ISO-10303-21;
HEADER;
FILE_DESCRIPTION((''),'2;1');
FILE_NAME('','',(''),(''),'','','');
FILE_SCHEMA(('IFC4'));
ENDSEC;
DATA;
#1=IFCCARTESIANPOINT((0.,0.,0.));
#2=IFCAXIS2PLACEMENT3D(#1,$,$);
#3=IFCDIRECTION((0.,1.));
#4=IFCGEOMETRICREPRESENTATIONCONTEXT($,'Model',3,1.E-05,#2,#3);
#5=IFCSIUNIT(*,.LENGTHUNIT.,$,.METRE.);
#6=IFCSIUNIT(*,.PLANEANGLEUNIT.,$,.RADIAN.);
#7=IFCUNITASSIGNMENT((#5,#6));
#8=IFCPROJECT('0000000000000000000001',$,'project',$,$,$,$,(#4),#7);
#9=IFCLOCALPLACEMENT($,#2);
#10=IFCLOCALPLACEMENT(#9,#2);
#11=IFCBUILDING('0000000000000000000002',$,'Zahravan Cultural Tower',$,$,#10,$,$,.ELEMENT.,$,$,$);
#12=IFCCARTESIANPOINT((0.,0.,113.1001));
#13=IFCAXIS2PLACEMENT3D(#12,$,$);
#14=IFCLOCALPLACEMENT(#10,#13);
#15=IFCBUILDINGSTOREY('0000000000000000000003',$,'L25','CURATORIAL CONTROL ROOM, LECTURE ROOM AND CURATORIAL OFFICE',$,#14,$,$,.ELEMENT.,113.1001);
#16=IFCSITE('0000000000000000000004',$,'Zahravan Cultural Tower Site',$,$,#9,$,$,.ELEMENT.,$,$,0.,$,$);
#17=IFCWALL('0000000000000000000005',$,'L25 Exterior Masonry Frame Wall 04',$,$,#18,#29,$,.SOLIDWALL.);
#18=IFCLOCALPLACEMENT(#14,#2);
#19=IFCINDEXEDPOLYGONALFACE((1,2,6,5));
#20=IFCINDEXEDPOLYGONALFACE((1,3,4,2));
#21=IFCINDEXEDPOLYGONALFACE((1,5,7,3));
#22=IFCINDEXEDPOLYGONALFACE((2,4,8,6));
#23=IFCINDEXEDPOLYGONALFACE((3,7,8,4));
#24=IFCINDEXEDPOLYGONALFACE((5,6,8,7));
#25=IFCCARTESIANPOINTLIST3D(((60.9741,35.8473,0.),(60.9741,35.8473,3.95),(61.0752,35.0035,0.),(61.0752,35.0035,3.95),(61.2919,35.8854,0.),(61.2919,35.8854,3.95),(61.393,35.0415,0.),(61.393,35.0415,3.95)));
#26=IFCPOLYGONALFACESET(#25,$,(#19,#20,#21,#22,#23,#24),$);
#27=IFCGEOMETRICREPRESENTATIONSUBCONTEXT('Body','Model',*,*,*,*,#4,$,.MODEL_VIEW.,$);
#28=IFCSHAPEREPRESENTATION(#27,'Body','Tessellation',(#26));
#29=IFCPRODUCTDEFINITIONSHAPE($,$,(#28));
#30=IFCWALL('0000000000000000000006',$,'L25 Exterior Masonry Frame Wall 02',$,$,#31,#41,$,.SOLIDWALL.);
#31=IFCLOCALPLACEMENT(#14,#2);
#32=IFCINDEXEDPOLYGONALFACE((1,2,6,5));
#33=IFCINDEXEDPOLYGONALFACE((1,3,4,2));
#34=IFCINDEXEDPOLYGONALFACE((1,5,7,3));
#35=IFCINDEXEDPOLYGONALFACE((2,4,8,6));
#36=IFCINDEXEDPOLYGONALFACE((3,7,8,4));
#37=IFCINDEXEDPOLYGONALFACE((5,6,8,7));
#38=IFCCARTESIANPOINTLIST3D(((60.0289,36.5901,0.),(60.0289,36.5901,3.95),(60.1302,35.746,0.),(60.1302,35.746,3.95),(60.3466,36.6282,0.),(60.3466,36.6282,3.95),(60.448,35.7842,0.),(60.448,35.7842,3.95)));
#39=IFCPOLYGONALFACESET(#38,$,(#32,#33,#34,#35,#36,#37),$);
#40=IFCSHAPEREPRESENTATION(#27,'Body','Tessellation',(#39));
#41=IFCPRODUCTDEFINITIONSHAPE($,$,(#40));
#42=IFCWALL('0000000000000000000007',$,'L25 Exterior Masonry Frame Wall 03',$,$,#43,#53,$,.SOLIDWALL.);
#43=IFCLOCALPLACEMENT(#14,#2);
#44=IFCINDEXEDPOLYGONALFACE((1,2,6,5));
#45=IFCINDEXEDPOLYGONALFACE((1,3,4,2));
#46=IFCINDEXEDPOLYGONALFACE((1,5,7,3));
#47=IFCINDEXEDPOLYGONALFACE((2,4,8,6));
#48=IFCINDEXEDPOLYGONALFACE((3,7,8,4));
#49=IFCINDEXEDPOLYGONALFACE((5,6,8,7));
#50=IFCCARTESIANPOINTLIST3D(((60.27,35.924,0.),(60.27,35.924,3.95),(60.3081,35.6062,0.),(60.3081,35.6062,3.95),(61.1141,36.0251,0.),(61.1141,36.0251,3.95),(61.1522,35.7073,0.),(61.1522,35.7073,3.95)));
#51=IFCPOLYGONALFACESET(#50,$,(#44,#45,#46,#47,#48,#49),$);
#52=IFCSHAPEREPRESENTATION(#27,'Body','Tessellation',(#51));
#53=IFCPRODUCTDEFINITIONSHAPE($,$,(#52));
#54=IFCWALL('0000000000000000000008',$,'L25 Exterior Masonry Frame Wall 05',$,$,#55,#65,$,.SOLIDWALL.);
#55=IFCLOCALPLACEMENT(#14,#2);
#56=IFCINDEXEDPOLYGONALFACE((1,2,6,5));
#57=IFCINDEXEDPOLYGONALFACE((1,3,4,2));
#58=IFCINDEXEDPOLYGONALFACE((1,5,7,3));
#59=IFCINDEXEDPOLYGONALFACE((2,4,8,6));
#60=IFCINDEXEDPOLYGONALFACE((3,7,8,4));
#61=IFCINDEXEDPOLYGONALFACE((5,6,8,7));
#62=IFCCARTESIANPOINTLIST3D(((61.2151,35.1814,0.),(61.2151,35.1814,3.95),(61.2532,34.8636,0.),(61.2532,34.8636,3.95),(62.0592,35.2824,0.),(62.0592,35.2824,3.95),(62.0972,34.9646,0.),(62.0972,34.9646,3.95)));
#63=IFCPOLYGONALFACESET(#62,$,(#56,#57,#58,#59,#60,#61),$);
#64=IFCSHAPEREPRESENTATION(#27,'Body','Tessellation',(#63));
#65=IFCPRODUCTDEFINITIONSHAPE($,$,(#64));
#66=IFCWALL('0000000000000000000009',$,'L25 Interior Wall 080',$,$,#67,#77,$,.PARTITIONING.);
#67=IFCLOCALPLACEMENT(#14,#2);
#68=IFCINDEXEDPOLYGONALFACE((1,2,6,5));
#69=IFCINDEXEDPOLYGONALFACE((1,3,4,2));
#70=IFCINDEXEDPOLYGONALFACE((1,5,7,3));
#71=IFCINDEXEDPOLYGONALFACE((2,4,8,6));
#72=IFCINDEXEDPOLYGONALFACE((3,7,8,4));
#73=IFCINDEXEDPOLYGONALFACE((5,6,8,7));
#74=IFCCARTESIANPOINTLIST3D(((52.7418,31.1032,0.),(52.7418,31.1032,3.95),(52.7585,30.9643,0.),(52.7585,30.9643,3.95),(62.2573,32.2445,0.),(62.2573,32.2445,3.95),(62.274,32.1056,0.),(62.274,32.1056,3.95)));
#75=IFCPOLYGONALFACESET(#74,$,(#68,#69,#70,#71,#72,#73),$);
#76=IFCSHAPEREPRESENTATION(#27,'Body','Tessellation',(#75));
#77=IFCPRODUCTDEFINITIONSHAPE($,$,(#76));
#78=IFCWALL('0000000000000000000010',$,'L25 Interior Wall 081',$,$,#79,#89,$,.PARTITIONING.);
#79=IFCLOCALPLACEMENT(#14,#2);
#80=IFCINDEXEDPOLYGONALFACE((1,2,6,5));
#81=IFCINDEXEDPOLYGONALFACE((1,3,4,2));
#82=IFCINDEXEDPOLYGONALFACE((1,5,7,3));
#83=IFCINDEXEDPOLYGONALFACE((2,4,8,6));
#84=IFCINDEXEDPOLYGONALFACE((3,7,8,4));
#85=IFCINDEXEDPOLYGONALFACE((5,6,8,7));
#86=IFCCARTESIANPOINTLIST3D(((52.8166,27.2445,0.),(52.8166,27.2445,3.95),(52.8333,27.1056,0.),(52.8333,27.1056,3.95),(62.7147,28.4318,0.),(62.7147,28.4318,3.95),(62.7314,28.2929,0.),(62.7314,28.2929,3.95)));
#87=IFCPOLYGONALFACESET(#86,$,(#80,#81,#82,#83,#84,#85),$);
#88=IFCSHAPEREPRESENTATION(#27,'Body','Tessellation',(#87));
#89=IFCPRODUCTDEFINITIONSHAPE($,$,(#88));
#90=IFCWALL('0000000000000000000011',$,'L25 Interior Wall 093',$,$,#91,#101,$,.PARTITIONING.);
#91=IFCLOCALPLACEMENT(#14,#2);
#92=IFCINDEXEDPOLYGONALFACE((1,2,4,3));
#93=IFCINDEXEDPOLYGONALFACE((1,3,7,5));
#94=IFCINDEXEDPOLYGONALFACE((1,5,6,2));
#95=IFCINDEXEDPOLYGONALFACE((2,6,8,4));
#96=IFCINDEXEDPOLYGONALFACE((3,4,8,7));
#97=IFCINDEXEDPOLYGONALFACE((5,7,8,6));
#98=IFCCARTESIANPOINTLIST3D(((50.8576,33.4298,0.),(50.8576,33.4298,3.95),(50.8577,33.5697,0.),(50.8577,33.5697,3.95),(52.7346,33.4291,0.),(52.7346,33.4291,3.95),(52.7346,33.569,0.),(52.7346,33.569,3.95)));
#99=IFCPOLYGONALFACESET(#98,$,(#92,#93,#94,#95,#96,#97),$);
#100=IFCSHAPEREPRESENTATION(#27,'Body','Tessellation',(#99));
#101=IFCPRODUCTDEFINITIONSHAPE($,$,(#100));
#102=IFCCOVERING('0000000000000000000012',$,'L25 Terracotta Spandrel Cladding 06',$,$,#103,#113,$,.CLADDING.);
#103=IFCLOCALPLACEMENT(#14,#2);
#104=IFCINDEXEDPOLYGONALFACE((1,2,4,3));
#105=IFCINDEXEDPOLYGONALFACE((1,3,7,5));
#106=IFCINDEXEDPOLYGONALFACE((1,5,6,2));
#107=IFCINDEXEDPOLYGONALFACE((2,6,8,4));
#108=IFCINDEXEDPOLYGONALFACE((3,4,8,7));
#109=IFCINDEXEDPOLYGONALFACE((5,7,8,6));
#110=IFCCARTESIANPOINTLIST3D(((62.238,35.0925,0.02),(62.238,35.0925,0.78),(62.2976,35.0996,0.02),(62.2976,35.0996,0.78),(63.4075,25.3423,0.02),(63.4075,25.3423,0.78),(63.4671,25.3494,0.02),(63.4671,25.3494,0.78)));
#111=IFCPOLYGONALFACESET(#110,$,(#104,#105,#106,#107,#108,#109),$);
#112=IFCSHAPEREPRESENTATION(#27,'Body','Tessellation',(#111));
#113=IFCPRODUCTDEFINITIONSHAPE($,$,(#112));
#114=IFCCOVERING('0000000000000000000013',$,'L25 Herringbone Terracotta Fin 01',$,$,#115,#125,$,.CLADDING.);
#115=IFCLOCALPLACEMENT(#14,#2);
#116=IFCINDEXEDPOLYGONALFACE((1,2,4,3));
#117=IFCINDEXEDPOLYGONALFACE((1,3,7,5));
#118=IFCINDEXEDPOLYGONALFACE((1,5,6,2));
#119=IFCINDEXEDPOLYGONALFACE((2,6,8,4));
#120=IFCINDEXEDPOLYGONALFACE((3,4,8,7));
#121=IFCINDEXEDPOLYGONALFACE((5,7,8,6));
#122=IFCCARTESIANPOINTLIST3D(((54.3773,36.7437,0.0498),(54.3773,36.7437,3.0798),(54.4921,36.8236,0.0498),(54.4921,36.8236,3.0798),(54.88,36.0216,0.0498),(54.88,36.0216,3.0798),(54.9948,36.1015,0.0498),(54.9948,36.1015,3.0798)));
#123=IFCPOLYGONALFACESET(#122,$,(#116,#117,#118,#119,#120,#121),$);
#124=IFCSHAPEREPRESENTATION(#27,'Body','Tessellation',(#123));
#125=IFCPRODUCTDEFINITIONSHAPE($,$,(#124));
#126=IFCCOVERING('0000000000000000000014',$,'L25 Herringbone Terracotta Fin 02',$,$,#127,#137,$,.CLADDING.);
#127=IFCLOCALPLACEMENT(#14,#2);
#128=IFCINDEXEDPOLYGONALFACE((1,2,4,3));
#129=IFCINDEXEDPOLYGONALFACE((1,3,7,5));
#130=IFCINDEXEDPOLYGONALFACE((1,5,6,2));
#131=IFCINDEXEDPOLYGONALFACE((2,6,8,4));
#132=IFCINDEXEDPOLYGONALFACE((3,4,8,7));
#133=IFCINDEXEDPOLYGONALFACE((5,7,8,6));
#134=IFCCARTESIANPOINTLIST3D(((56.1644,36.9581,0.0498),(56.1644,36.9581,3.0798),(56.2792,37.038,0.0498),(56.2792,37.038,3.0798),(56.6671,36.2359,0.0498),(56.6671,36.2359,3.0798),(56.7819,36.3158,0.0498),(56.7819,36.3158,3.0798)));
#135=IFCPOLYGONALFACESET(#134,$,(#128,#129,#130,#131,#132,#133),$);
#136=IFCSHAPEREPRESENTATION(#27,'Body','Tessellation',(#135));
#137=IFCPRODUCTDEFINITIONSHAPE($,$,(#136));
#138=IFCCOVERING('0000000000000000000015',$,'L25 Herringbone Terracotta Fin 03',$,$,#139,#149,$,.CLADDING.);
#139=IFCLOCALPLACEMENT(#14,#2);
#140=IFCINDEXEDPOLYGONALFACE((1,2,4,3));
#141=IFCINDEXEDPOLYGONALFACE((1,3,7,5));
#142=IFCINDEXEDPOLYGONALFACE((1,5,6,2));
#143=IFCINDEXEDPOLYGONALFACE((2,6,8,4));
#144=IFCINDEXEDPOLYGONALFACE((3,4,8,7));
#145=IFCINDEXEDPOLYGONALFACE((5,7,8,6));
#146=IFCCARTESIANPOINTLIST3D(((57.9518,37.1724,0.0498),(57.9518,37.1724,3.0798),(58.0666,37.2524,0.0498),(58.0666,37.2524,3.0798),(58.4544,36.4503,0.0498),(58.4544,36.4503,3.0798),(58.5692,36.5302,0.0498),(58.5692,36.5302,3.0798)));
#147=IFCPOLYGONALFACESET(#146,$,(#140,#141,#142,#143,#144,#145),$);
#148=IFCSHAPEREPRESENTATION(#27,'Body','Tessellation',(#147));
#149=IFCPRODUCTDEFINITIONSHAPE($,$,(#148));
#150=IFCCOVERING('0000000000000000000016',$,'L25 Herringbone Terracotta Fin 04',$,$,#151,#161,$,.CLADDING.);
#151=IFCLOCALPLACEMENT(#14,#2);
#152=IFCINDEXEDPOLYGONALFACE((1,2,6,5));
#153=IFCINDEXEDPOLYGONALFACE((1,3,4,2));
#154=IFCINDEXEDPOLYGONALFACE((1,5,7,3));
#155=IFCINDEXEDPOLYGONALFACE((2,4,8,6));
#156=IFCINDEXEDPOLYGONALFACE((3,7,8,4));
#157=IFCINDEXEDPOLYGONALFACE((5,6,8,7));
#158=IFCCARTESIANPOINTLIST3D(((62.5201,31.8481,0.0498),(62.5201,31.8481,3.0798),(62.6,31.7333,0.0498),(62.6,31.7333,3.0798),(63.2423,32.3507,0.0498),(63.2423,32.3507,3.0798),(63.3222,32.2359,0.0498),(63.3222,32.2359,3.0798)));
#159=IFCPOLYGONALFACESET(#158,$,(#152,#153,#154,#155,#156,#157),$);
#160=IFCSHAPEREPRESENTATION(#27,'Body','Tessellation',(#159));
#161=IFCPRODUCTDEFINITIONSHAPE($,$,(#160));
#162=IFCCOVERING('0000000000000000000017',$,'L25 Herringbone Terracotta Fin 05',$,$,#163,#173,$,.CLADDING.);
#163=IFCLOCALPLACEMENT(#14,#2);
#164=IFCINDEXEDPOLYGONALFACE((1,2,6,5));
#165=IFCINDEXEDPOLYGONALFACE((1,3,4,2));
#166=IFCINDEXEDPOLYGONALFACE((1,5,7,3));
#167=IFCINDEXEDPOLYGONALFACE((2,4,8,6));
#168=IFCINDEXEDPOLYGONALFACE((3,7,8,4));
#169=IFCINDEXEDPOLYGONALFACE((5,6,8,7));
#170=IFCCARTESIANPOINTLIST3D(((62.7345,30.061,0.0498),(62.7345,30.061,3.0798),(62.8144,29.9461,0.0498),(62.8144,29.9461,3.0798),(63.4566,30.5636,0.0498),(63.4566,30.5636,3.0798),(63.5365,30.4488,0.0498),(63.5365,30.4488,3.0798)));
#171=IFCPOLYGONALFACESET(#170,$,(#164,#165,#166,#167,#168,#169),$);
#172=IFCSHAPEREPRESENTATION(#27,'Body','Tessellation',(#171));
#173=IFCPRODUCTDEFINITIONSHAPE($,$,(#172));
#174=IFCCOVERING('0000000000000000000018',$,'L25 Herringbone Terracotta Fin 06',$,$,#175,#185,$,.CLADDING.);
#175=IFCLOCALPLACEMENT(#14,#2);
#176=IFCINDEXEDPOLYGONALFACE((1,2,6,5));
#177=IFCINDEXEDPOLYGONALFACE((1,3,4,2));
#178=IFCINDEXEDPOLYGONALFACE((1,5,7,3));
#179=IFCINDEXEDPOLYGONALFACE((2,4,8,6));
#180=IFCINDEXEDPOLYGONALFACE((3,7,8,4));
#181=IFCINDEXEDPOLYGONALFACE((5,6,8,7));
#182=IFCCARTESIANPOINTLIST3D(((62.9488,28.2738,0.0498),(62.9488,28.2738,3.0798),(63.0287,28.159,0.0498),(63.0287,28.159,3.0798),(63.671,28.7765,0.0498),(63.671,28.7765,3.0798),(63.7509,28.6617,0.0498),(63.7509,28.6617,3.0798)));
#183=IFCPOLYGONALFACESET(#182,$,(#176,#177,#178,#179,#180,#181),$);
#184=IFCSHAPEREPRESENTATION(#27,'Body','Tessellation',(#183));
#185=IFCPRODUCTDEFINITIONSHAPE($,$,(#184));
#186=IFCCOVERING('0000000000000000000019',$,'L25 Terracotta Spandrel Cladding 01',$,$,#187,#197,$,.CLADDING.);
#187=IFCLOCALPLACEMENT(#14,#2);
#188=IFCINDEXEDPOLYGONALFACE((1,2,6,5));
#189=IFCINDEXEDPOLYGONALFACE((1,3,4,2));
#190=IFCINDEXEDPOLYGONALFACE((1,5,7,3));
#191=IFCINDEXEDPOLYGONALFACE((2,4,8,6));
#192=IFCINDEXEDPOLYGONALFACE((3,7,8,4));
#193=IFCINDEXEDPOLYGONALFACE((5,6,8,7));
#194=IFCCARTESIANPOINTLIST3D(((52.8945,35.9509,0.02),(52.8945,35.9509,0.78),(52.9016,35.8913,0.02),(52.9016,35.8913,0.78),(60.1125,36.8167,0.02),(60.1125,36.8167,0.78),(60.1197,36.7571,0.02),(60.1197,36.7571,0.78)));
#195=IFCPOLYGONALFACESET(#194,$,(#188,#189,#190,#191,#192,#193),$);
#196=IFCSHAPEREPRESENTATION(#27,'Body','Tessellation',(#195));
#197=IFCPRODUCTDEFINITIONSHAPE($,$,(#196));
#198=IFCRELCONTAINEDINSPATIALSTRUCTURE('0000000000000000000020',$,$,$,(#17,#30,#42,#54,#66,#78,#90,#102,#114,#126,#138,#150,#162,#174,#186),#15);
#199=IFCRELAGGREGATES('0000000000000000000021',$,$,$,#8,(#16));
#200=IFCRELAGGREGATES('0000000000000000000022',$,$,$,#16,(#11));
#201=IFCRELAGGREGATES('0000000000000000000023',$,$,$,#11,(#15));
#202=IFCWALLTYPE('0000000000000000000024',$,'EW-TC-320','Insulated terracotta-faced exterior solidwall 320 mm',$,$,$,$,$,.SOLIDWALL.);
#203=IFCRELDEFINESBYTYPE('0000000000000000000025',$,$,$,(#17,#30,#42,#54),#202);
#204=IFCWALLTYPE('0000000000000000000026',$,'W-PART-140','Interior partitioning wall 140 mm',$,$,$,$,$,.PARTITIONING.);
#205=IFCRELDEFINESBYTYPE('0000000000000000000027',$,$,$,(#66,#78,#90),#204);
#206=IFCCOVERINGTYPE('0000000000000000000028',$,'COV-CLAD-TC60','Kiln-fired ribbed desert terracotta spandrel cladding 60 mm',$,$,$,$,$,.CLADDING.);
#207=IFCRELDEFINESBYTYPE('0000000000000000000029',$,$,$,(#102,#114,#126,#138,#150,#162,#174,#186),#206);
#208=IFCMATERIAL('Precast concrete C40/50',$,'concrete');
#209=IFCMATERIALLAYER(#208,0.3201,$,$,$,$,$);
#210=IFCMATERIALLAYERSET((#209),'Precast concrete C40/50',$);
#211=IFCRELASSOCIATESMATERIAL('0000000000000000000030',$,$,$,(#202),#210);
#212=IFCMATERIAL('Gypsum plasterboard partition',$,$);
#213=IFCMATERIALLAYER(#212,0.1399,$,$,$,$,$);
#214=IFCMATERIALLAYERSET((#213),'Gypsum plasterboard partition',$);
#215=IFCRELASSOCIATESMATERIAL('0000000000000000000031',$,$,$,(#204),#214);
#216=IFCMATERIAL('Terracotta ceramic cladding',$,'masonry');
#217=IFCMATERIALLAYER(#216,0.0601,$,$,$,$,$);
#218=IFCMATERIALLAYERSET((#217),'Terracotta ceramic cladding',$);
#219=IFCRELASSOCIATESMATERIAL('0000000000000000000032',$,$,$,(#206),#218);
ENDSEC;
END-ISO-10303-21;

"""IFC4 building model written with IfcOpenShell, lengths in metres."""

from ifc_helpers import new_model, si_unit, direction, frame, frame_2d, origin, origin_2d, place, context, subcontext, project, spatial, rectangle, extrude, source, transform, mapped, material, layer, layer_set, type_object, element, save


model = new_model("IFC4")

# Units and contexts
model_context = context("Model", 3, precision=1e-05, world=origin(), true_north=direction((0.0, 1.0)))
body_context = subcontext(model_context, "Body", "Model", "MODEL_VIEW")
ifc_project = project(units=[si_unit("LENGTHUNIT", "METRE"), si_unit("PLANEANGLEUNIT", "RADIAN")], contexts=[model_context])

# Site, building, storey
site_placement = place(None, origin())
site = spatial("IfcSite", under=ifc_project, at=site_placement, Name="Zahravan Cultural Tower Site", CompositionType="ELEMENT", RefElevation=0.0)
building_placement = place(site_placement, origin())
building = spatial("IfcBuilding", under=site, at=building_placement, Name="Zahravan Cultural Tower", CompositionType="ELEMENT")
storey_placement = place(building_placement, frame((0.0, 0.0, 113.1001)))
storey = spatial("IfcBuildingStorey", under=building, at=storey_placement, Name="L25", Description="CURATORIAL CONTROL ROOM, LECTURE ROOM AND CURATORIAL OFFICE", CompositionType="ELEMENT", Elevation=113.1001)

# Shared definitions
ifc_material_1 = material(Name="Precast concrete C40/50", Category="concrete")
ifc_layer_1 = layer(ifc_material_1, 0.3201)
ifc_layer_set_1 = layer_set([ifc_layer_1], Name="Precast concrete C40/50")
wall_type_1 = type_object("IfcWallType", Name="EW-TC-320", Description="Insulated terracotta-faced exterior solidwall 320 mm", PredefinedType="SOLIDWALL", material=ifc_layer_set_1)

# Shared definitions
ifc_material_2 = material(Name="Gypsum plasterboard partition")
ifc_layer_2 = layer(ifc_material_2, 0.1399)
ifc_layer_set_2 = layer_set([ifc_layer_2], Name="Gypsum plasterboard partition")
wall_type_2 = type_object("IfcWallType", Name="W-PART-140", Description="Interior partitioning wall 140 mm", PredefinedType="PARTITIONING", material=ifc_layer_set_2)

# Walls
shared_shape_1 = source(origin(), body_context, "Body", "SweptSolid", [
    extrude(rectangle(XDim=0.8499, YDim=0.3201, at=frame_2d((0.4248, 0.0))), origin(), (0.0, 0.0, 1.0), 3.95),
])
wall_1_placement = place(storey_placement, frame((61.1331, 35.8662, 0.0), z_axis=(0.0, 0.0, 1.0), x_axis=(0.118941, -0.992901, 0.0)))
element("IfcWall", 1, at=wall_1_placement, inside=storey, type_object=wall_type_1, Name="L25 Exterior Masonry Frame Wall 04", PredefinedType="SOLIDWALL", context=body_context, shape_type="MappedRepresentation", body=[
    mapped(shared_shape_1, transform((0.0, 0.0, 0.0), x_axis=(1.0, 0.0, 0.0), y_axis=(0.0, 1.0, 0.0), z_axis=(0.0, 0.0, 1.0), scale=1.0)),
])
shared_shape_2 = source(origin(), body_context, "Body", "SweptSolid", [
    extrude(rectangle(XDim=0.8501, YDim=0.3201, at=frame_2d((0.425, 0.0))), origin(), (0.0, 0.0, 1.0), 3.95),
])
for number, where, z_axis, x_axis, name in (
    (2, (60.1877, 36.6091, 0.0), (0.0, 0.0, 1.0), (0.119191, -0.992871, 0.0), "L25 Exterior Masonry Frame Wall 02"),
    (3, (60.2891, 35.7651, 0.0), (0.0, 0.0, 1.0), (0.992905, 0.118907, 0.0), "L25 Exterior Masonry Frame Wall 03"),
    (4, (61.2341, 35.0225, 0.0), (0.0, 0.0, 1.0), (0.992905, 0.118907, 0.0), "L25 Exterior Masonry Frame Wall 05"),
):
    element("IfcWall", number, at=place(storey_placement, frame(where, z_axis=z_axis, x_axis=x_axis)), inside=storey, type_object=wall_type_1, Name=name, PredefinedType="SOLIDWALL", context=body_context, shape_type="MappedRepresentation", body=[
        mapped(shared_shape_2, transform((0.0, 0.0, 0.0), x_axis=(1.0, 0.0, 0.0), y_axis=(0.0, 1.0, 0.0), z_axis=(0.0, 0.0, 1.0), scale=1.0)),
    ])
shared_shape_3 = source(origin(), body_context, "Body", "SweptSolid", [
    extrude(rectangle(XDim=9.5837, YDim=0.1399, at=frame_2d((4.792, 0.0))), origin(), (0.0, 0.0, 1.0), 3.95),
])
wall_2_placement = place(storey_placement, frame((52.75, 31.0337, 0.0), z_axis=(0.0, 0.0, 1.0), x_axis=(0.992883, 0.119092, 0.0)))
element("IfcWall", 5, at=wall_2_placement, inside=storey, type_object=wall_type_2, Name="L25 Interior Wall 080", PredefinedType="PARTITIONING", context=body_context, shape_type="MappedRepresentation", body=[
    mapped(shared_shape_3, transform((0.0, 0.0, 0.0), x_axis=(1.0, 0.0, 0.0), y_axis=(0.0, 1.0, 0.0), z_axis=(0.0, 0.0, 1.0), scale=1.0)),
])
shared_shape_4 = source(origin(), body_context, "Body", "SweptSolid", [
    extrude(rectangle(XDim=9.969, YDim=0.1399, at=frame_2d((4.9844, 0.0))), origin(), (0.0, 0.0, 1.0), 3.95),
])
wall_3_placement = place(storey_placement, frame((62.7229, 28.3623, 0.0), z_axis=(0.0, 0.0, 1.0), x_axis=(-0.992883, -0.119096, 0.0)))
element("IfcWall", 6, at=wall_3_placement, inside=storey, type_object=wall_type_2, Name="L25 Interior Wall 081", PredefinedType="PARTITIONING", context=body_context, shape_type="MappedRepresentation", body=[
    mapped(shared_shape_4, transform((0.0, 0.0, 0.0), x_axis=(1.0, 0.0, 0.0), y_axis=(0.0, 1.0, 0.0), z_axis=(0.0, 0.0, 1.0), scale=1.0)),
])
shared_shape_5 = source(origin(), body_context, "Body", "SweptSolid", [
    extrude(rectangle(XDim=1.877, YDim=0.1399, at=frame_2d((0.9385, 0.0))), origin(), (0.0, 0.0, 1.0), 3.95),
])
wall_4_placement = place(storey_placement, frame((52.7346, 33.499, 0.0), z_axis=(0.0, 0.0, 1.0), x_axis=(-1.0, 0.00039, 0.0)))
element("IfcWall", 7, at=wall_4_placement, inside=storey, type_object=wall_type_2, Name="L25 Interior Wall 093", PredefinedType="PARTITIONING", context=body_context, shape_type="MappedRepresentation", body=[
    mapped(shared_shape_5, transform((0.0, 0.0, 0.0), x_axis=(1.0, 0.0, 0.0), y_axis=(0.0, 1.0, 0.0), z_axis=(0.0, 0.0, 1.0), scale=1.0)),
])

# Coverings
ifc_material_3 = material(Name="Terracotta ceramic cladding", Category="masonry")
ifc_layer_3 = layer(ifc_material_3, 0.0601)
ifc_layer_set_3 = layer_set([ifc_layer_3], Name="Terracotta ceramic cladding")
covering_type = type_object("IfcCoveringType", Name="COV-CLAD-TC60", Description="Kiln-fired ribbed desert terracotta spandrel cladding 60 mm", PredefinedType="CLADDING", material=ifc_layer_set_3)
shared_shape_6 = source(origin(), body_context, "Body", "SweptSolid", [
    extrude(rectangle(XDim=9.8201, YDim=0.0601, at=origin_2d()), origin(), (0.0, 0.0, 1.0), 0.76),
])
covering_1_placement = place(storey_placement, frame((62.8525, 30.2209, 0.02), z_axis=(0.0, 0.0, 1.0), x_axis=(0.119097, -0.992883, 0.0)))
element("IfcCovering", 8, at=covering_1_placement, inside=storey, type_object=covering_type, Name="L25 Terracotta Spandrel Cladding 06", PredefinedType="CLADDING", context=body_context, shape_type="MappedRepresentation", body=[
    mapped(shared_shape_6, transform((0.0, 0.0, 0.0), x_axis=(1.0, 0.0, 0.0), y_axis=(0.0, 1.0, 0.0), z_axis=(0.0, 0.0, 1.0), scale=1.0)),
])
shared_shape_7 = source(origin(), body_context, "Body", "SweptSolid", [
    extrude(rectangle(XDim=0.8799, YDim=0.1399, at=origin_2d()), origin(), (0.0, 0.0, 1.0), 3.03),
])
for number, where, z_axis, x_axis, name in (
    (9, (54.686, 36.4226, 0.0498), (0.0, 0.0, 1.0), (-0.571287, 0.820751, 0.0), "L25 Herringbone Terracotta Fin 01"),
    (10, (56.4731, 36.637, 0.0498), (0.0, 0.0, 1.0), (-0.571287, 0.820751, 0.0), "L25 Herringbone Terracotta Fin 02"),
    (11, (58.2605, 36.8513, 0.0498), (0.0, 0.0, 1.0), (-0.571287, 0.820751, 0.0), "L25 Herringbone Terracotta Fin 03"),
    (12, (62.9211, 32.042, 0.0498), (0.0, 0.0, 1.0), (0.820751, 0.571287, 0.0), "L25 Herringbone Terracotta Fin 04"),
    (13, (63.1355, 30.2549, 0.0498), (0.0, 0.0, 1.0), (0.820751, 0.571287, 0.0), "L25 Herringbone Terracotta Fin 05"),
    (14, (63.3499, 28.4678, 0.0498), (0.0, 0.0, 1.0), (0.820751, 0.571287, 0.0), "L25 Herringbone Terracotta Fin 06"),
):
    element("IfcCovering", number, at=place(storey_placement, frame(where, z_axis=z_axis, x_axis=x_axis)), inside=storey, type_object=covering_type, Name=name, PredefinedType="CLADDING", context=body_context, shape_type="MappedRepresentation", body=[
        mapped(shared_shape_7, transform((0.0, 0.0, 0.0), x_axis=(1.0, 0.0, 0.0), y_axis=(0.0, 1.0, 0.0), z_axis=(0.0, 0.0, 1.0), scale=1.0)),
    ])
shared_shape_8 = source(origin(), body_context, "Body", "SweptSolid", [
    extrude(rectangle(XDim=7.2698, YDim=0.0601, at=origin_2d()), origin(), (0.0, 0.0, 1.0), 0.76),
])
covering_2_placement = place(storey_placement, frame((56.5071, 36.354, 0.02), z_axis=(0.0, 0.0, 1.0), x_axis=(0.992883, 0.119097, 0.0)))
element("IfcCovering", 15, at=covering_2_placement, inside=storey, type_object=covering_type, Name="L25 Terracotta Spandrel Cladding 01", PredefinedType="CLADDING", context=body_context, shape_type="MappedRepresentation", body=[
    mapped(shared_shape_8, transform((0.0, 0.0, 0.0), x_axis=(1.0, 0.0, 0.0), y_axis=(0.0, 1.0, 0.0), z_axis=(0.0, 0.0, 1.0), scale=1.0)),
])

save(model, "model.ifc")
